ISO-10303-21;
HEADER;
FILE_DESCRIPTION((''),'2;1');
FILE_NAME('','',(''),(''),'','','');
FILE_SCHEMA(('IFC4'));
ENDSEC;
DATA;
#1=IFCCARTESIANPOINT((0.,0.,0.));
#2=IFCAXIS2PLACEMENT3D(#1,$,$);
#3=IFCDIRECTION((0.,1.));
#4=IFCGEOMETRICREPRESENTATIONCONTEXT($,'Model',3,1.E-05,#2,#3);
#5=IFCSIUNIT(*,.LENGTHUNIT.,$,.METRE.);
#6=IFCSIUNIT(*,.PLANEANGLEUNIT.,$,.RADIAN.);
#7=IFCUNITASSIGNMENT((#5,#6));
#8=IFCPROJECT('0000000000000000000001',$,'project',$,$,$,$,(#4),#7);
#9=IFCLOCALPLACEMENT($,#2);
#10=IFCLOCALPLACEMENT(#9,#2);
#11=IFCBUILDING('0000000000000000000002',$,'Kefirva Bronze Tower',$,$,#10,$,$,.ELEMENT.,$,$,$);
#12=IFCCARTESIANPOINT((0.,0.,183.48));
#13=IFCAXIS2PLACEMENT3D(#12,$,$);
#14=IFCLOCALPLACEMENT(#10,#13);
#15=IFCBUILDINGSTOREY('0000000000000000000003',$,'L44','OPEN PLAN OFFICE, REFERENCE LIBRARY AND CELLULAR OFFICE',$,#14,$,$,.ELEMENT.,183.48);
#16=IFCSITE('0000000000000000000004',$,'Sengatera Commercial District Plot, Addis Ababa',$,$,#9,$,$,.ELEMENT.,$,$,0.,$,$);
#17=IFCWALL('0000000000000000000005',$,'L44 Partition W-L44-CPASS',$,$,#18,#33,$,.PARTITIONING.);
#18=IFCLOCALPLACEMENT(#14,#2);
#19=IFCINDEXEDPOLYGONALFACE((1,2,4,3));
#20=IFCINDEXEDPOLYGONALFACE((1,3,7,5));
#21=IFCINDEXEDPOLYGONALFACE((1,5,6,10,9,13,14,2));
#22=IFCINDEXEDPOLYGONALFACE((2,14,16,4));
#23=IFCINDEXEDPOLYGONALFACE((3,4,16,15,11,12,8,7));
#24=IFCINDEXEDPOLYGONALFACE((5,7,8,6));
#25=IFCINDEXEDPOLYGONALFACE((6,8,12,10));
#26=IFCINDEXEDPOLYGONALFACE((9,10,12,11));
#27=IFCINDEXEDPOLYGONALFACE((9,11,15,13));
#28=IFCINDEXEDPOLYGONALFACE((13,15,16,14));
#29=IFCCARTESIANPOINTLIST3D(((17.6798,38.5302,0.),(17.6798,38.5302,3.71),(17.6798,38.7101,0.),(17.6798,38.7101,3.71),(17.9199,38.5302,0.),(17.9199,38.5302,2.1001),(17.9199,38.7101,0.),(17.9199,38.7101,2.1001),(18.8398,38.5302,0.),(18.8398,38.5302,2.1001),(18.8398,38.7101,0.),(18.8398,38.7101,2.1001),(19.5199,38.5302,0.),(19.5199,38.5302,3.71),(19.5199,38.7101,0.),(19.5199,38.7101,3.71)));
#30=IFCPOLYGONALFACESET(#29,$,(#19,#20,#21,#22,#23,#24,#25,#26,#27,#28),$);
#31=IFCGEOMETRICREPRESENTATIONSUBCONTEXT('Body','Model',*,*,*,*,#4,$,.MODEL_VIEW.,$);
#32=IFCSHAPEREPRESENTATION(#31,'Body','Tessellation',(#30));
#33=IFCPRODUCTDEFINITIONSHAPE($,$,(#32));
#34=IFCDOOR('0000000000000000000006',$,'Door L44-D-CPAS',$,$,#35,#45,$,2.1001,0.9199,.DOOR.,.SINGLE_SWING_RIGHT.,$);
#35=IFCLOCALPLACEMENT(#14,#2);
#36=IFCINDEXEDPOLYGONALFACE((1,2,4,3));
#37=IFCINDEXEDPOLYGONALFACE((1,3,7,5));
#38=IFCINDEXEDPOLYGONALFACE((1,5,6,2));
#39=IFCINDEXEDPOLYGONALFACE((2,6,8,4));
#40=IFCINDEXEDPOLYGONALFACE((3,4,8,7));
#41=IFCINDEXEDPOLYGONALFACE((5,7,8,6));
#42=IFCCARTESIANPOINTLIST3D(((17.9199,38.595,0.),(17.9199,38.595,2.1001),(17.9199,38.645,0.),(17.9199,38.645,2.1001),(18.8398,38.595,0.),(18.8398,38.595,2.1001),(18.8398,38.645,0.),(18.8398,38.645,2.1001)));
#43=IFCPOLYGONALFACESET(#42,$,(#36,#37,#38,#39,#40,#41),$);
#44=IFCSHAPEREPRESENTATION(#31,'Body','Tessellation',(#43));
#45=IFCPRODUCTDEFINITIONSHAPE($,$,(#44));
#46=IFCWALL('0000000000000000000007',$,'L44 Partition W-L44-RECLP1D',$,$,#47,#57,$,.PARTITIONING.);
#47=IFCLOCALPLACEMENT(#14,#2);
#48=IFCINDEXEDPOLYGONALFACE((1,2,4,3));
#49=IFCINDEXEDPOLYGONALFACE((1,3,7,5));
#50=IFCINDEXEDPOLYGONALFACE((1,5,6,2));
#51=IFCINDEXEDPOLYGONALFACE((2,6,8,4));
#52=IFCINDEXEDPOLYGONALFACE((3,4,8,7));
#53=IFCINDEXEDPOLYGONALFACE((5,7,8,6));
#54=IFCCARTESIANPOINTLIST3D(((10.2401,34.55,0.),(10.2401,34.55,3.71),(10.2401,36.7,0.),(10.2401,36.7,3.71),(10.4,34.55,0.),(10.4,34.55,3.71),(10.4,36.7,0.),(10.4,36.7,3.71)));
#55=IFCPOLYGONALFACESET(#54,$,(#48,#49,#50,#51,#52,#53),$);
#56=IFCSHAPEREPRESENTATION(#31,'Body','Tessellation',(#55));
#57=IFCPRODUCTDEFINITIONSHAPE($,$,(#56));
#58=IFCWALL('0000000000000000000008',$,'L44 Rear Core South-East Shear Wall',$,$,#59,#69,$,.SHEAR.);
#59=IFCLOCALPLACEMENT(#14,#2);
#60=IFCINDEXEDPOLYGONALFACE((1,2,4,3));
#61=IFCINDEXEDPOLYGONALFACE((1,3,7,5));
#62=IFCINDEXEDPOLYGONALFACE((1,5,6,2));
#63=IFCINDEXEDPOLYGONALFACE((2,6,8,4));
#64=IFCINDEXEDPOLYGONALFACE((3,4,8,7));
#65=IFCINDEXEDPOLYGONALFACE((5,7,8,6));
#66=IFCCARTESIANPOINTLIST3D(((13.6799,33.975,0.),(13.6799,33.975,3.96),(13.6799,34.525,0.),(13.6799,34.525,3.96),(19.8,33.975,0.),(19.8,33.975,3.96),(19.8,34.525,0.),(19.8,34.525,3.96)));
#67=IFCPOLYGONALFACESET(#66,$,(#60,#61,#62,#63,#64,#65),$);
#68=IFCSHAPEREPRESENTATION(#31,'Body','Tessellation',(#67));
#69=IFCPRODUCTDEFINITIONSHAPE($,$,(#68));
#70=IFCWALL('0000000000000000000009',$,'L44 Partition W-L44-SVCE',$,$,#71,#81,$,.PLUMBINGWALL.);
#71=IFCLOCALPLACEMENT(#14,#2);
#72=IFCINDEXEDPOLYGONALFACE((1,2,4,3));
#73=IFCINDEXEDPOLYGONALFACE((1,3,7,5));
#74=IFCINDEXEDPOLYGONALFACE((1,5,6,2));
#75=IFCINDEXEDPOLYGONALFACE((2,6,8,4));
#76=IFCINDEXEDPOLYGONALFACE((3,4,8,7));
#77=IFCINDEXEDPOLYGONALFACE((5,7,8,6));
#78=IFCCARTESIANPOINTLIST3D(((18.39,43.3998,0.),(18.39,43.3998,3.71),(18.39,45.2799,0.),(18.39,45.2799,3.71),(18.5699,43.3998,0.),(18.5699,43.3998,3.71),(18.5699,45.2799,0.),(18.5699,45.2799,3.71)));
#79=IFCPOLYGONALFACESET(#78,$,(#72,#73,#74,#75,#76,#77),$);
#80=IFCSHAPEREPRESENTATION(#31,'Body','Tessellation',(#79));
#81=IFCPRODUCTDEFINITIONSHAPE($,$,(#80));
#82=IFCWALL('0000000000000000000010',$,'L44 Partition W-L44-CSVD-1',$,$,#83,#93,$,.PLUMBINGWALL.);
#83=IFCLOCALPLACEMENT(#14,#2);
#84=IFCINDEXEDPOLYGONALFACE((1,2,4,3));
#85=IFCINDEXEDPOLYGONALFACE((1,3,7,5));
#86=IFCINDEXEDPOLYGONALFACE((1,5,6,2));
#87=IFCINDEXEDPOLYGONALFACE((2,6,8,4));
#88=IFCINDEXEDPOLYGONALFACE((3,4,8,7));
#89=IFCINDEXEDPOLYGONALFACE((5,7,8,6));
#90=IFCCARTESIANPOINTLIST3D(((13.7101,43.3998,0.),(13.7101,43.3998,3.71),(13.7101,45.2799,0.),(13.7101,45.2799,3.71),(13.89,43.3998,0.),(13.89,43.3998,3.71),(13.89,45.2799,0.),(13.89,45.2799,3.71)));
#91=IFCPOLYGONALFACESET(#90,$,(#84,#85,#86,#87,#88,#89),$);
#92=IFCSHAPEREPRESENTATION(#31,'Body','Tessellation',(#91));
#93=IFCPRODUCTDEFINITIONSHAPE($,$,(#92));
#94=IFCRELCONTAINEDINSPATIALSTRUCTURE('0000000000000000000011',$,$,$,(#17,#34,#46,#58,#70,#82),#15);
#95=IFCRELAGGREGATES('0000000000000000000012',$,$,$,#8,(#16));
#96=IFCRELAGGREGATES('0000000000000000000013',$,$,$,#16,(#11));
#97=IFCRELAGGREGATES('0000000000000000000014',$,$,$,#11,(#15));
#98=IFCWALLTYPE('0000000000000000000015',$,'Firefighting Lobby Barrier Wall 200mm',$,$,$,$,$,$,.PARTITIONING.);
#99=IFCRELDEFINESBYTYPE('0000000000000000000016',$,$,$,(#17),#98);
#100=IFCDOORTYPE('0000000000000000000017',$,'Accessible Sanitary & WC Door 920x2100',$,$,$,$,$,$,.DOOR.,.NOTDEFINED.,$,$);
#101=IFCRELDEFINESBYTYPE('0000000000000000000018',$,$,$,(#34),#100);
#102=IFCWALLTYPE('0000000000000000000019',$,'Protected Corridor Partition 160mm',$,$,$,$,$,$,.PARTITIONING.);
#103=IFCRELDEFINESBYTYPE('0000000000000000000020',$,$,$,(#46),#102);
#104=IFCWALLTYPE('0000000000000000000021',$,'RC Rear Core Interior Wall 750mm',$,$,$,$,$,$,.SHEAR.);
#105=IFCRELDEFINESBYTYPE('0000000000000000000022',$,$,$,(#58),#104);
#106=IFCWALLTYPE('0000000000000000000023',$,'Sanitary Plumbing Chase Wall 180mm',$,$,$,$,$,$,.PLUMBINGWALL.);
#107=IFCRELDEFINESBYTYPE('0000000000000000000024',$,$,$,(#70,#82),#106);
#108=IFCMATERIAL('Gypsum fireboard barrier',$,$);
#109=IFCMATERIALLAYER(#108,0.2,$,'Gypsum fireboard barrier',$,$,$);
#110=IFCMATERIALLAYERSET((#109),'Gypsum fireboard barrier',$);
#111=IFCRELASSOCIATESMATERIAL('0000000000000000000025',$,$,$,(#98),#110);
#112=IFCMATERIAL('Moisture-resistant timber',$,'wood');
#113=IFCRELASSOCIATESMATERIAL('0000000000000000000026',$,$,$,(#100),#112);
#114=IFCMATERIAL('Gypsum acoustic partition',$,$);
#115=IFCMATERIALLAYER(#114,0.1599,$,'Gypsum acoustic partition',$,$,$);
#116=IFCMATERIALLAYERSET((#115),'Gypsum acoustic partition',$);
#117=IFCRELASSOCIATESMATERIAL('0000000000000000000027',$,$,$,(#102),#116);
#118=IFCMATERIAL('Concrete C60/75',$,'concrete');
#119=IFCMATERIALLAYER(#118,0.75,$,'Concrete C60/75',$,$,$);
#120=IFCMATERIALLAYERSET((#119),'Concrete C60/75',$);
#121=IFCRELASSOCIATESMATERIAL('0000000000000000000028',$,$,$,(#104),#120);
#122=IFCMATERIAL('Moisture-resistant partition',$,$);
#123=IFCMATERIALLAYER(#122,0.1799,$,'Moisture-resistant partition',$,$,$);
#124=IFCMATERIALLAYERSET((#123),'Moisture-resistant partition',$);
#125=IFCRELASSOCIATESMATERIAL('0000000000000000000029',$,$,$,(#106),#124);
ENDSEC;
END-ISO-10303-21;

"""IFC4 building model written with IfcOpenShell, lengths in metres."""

from ifc_helpers import new_model, si_unit, direction, frame, frame_2d, origin, place, context, subcontext, project, spatial, rectangle, extrude, material, layer, layer_set, type_object, element, fill, save


model = new_model("IFC4")

# Units and contexts
model_context = context("Model", 3, precision=1e-05, world=origin(), true_north=direction((0.0, 1.0)))
body_context = subcontext(model_context, "Body", "Model", "MODEL_VIEW")
ifc_project = project(units=[si_unit("LENGTHUNIT", "METRE"), si_unit("PLANEANGLEUNIT", "RADIAN")], contexts=[model_context])

# Site, building, storey
site_placement = place(None, origin())
site = spatial("IfcSite", under=ifc_project, at=site_placement, Name="Sengatera Commercial District Plot, Addis Ababa", CompositionType="ELEMENT", RefElevation=0.0)
building_placement = place(site_placement, origin())
building = spatial("IfcBuilding", under=site, at=building_placement, Name="Kefirva Bronze Tower", CompositionType="ELEMENT")
storey_placement = place(building_placement, frame((0.0, 0.0, 183.48)))
storey = spatial("IfcBuildingStorey", under=building, at=storey_placement, Name="L44", Description="OPEN PLAN OFFICE, REFERENCE LIBRARY AND CELLULAR OFFICE", CompositionType="ELEMENT", Elevation=183.48)

# Shared definitions
ifc_material_1 = material(Name="Concrete C60/75", Category="concrete")

# Wall, opening, door
ifc_material_2 = material(Name="Gypsum fireboard barrier")
ifc_layer_1 = layer(ifc_material_2, 0.2, Name="Gypsum fireboard barrier")
ifc_layer_set_1 = layer_set([ifc_layer_1], Name="Gypsum fireboard barrier")
wall_type_1 = type_object("IfcWallType", Name="Firefighting Lobby Barrier Wall 200mm", PredefinedType="PARTITIONING", material=ifc_layer_set_1)
wall_1_placement = place(storey_placement, frame((17.6799, 38.6201, 0.0), z_axis=(0.0, 0.0, 1.0), x_axis=(1.0, 0.0, 0.0)))
wall_1 = element("IfcWall", 1, at=wall_1_placement, inside=storey, type_object=wall_type_1, Name="L44 Partition W-L44-CPASS", PredefinedType="PARTITIONING", context=body_context, shape_type="SweptSolid", body=[
    extrude(rectangle(XDim=1.8401, YDim=0.1799, at=frame_2d((0.9199, 0.0))), origin(), (0.0, 0.0, 1.0), 3.71),
])
opening_1_placement = place(wall_1_placement, frame((0.24, 0.0, 0.0)))
opening_1 = element("IfcOpeningElement", 2, at=opening_1_placement, cuts=wall_1, PredefinedType="OPENING", context=body_context, shape_type="SweptSolid", body=[
    extrude(rectangle(XDim=0.9199, YDim=2.1001, at=frame_2d((0.46, 1.05))), frame((0.0, 0.1001, 0.0), z_axis=(0.0, -1.0, 0.0), x_axis=(1.0, 0.0, 0.0)), (0.0, 0.0, 1.0), 0.2),
])
ifc_material_3 = material(Name="Moisture-resistant timber", Category="wood")
door_type_1 = type_object("IfcDoorType", Name="Accessible Sanitary & WC Door 920x2100", OperationType="NOTDEFINED", PredefinedType="DOOR", material=ifc_material_3)
door_1_placement = place(opening_1_placement, origin())
door_1 = element("IfcDoor", 3, at=door_1_placement, inside=storey, type_object=door_type_1, Name="Door L44-D-CPAS", OperationType="SINGLE_SWING_RIGHT", OverallHeight=2.1001, OverallWidth=0.9199, PredefinedType="DOOR", context=body_context, shape_type="SweptSolid", body=[
    extrude(rectangle(XDim=0.9199, YDim=2.1001, at=frame_2d((0.46, 1.05))), frame((0.0, 0.0249, 0.0), z_axis=(0.0, -1.0, 0.0), x_axis=(1.0, 0.0, 0.0)), (0.0, 0.0, 1.0), 0.05),
])
fill(opening_1, door_1)

# Wall
ifc_material_4 = material(Name="Gypsum acoustic partition")
ifc_layer_2 = layer(ifc_material_4, 0.1599, Name="Gypsum acoustic partition")
ifc_layer_set_2 = layer_set([ifc_layer_2], Name="Gypsum acoustic partition")
wall_type_2 = type_object("IfcWallType", Name="Protected Corridor Partition 160mm", PredefinedType="PARTITIONING", material=ifc_layer_set_2)
wall_2_placement = place(storey_placement, frame((10.3201, 34.55, 0.0), z_axis=(0.0, 0.0, 1.0), x_axis=(0.0, 1.0, 0.0)))
element("IfcWall", 4, at=wall_2_placement, inside=storey, type_object=wall_type_2, Name="L44 Partition W-L44-RECLP1D", PredefinedType="PARTITIONING", context=body_context, shape_type="SweptSolid", body=[
    extrude(rectangle(XDim=2.1499, YDim=0.1599, at=frame_2d((1.075, 0.0))), origin(), (0.0, 0.0, 1.0), 3.71),
])

# Walls
ifc_layer_3 = layer(ifc_material_1, 0.75, Name="Concrete C60/75")
ifc_layer_set_3 = layer_set([ifc_layer_3], Name="Concrete C60/75")
wall_type_3 = type_object("IfcWallType", Name="RC Rear Core Interior Wall 750mm", PredefinedType="SHEAR", material=ifc_layer_set_3)
wall_3_placement = place(storey_placement, frame((13.6799, 34.25, 0.0), z_axis=(0.0, 0.0, 1.0), x_axis=(1.0, 0.0, 0.0)))
element("IfcWall", 5, at=wall_3_placement, inside=storey, type_object=wall_type_3, Name="L44 Rear Core South-East Shear Wall", PredefinedType="SHEAR", context=body_context, shape_type="SweptSolid", body=[
    extrude(rectangle(XDim=6.1201, YDim=0.55, at=frame_2d((3.0601, 0.0))), origin(), (0.0, 0.0, 1.0), 3.96),
])
ifc_material_5 = material(Name="Moisture-resistant partition")
ifc_layer_4 = layer(ifc_material_5, 0.1799, Name="Moisture-resistant partition")
ifc_layer_set_4 = layer_set([ifc_layer_4], Name="Moisture-resistant partition")
wall_type_4 = type_object("IfcWallType", Name="Sanitary Plumbing Chase Wall 180mm", PredefinedType="PLUMBINGWALL", material=ifc_layer_set_4)
for number, where, z_axis, x_axis, name in (
    (6, (18.48, 43.3999, 0.0), (0.0, 0.0, 1.0), (0.0, 1.0, 0.0), "L44 Partition W-L44-SVCE"),
    (7, (13.8, 43.3999, 0.0), (0.0, 0.0, 1.0), (0.0, 1.0, 0.0), "L44 Partition W-L44-CSVD-1"),
):
    element("IfcWall", number, at=place(storey_placement, frame(where, z_axis=z_axis, x_axis=x_axis)), inside=storey, type_object=wall_type_4, Name=name, PredefinedType="PLUMBINGWALL", context=body_context, shape_type="SweptSolid", body=[
        extrude(rectangle(XDim=1.8801, YDim=0.1799, at=frame_2d((0.9399, 0.0))), origin(), (0.0, 0.0, 1.0), 3.71),
    ])

save(model, "model.ifc")
